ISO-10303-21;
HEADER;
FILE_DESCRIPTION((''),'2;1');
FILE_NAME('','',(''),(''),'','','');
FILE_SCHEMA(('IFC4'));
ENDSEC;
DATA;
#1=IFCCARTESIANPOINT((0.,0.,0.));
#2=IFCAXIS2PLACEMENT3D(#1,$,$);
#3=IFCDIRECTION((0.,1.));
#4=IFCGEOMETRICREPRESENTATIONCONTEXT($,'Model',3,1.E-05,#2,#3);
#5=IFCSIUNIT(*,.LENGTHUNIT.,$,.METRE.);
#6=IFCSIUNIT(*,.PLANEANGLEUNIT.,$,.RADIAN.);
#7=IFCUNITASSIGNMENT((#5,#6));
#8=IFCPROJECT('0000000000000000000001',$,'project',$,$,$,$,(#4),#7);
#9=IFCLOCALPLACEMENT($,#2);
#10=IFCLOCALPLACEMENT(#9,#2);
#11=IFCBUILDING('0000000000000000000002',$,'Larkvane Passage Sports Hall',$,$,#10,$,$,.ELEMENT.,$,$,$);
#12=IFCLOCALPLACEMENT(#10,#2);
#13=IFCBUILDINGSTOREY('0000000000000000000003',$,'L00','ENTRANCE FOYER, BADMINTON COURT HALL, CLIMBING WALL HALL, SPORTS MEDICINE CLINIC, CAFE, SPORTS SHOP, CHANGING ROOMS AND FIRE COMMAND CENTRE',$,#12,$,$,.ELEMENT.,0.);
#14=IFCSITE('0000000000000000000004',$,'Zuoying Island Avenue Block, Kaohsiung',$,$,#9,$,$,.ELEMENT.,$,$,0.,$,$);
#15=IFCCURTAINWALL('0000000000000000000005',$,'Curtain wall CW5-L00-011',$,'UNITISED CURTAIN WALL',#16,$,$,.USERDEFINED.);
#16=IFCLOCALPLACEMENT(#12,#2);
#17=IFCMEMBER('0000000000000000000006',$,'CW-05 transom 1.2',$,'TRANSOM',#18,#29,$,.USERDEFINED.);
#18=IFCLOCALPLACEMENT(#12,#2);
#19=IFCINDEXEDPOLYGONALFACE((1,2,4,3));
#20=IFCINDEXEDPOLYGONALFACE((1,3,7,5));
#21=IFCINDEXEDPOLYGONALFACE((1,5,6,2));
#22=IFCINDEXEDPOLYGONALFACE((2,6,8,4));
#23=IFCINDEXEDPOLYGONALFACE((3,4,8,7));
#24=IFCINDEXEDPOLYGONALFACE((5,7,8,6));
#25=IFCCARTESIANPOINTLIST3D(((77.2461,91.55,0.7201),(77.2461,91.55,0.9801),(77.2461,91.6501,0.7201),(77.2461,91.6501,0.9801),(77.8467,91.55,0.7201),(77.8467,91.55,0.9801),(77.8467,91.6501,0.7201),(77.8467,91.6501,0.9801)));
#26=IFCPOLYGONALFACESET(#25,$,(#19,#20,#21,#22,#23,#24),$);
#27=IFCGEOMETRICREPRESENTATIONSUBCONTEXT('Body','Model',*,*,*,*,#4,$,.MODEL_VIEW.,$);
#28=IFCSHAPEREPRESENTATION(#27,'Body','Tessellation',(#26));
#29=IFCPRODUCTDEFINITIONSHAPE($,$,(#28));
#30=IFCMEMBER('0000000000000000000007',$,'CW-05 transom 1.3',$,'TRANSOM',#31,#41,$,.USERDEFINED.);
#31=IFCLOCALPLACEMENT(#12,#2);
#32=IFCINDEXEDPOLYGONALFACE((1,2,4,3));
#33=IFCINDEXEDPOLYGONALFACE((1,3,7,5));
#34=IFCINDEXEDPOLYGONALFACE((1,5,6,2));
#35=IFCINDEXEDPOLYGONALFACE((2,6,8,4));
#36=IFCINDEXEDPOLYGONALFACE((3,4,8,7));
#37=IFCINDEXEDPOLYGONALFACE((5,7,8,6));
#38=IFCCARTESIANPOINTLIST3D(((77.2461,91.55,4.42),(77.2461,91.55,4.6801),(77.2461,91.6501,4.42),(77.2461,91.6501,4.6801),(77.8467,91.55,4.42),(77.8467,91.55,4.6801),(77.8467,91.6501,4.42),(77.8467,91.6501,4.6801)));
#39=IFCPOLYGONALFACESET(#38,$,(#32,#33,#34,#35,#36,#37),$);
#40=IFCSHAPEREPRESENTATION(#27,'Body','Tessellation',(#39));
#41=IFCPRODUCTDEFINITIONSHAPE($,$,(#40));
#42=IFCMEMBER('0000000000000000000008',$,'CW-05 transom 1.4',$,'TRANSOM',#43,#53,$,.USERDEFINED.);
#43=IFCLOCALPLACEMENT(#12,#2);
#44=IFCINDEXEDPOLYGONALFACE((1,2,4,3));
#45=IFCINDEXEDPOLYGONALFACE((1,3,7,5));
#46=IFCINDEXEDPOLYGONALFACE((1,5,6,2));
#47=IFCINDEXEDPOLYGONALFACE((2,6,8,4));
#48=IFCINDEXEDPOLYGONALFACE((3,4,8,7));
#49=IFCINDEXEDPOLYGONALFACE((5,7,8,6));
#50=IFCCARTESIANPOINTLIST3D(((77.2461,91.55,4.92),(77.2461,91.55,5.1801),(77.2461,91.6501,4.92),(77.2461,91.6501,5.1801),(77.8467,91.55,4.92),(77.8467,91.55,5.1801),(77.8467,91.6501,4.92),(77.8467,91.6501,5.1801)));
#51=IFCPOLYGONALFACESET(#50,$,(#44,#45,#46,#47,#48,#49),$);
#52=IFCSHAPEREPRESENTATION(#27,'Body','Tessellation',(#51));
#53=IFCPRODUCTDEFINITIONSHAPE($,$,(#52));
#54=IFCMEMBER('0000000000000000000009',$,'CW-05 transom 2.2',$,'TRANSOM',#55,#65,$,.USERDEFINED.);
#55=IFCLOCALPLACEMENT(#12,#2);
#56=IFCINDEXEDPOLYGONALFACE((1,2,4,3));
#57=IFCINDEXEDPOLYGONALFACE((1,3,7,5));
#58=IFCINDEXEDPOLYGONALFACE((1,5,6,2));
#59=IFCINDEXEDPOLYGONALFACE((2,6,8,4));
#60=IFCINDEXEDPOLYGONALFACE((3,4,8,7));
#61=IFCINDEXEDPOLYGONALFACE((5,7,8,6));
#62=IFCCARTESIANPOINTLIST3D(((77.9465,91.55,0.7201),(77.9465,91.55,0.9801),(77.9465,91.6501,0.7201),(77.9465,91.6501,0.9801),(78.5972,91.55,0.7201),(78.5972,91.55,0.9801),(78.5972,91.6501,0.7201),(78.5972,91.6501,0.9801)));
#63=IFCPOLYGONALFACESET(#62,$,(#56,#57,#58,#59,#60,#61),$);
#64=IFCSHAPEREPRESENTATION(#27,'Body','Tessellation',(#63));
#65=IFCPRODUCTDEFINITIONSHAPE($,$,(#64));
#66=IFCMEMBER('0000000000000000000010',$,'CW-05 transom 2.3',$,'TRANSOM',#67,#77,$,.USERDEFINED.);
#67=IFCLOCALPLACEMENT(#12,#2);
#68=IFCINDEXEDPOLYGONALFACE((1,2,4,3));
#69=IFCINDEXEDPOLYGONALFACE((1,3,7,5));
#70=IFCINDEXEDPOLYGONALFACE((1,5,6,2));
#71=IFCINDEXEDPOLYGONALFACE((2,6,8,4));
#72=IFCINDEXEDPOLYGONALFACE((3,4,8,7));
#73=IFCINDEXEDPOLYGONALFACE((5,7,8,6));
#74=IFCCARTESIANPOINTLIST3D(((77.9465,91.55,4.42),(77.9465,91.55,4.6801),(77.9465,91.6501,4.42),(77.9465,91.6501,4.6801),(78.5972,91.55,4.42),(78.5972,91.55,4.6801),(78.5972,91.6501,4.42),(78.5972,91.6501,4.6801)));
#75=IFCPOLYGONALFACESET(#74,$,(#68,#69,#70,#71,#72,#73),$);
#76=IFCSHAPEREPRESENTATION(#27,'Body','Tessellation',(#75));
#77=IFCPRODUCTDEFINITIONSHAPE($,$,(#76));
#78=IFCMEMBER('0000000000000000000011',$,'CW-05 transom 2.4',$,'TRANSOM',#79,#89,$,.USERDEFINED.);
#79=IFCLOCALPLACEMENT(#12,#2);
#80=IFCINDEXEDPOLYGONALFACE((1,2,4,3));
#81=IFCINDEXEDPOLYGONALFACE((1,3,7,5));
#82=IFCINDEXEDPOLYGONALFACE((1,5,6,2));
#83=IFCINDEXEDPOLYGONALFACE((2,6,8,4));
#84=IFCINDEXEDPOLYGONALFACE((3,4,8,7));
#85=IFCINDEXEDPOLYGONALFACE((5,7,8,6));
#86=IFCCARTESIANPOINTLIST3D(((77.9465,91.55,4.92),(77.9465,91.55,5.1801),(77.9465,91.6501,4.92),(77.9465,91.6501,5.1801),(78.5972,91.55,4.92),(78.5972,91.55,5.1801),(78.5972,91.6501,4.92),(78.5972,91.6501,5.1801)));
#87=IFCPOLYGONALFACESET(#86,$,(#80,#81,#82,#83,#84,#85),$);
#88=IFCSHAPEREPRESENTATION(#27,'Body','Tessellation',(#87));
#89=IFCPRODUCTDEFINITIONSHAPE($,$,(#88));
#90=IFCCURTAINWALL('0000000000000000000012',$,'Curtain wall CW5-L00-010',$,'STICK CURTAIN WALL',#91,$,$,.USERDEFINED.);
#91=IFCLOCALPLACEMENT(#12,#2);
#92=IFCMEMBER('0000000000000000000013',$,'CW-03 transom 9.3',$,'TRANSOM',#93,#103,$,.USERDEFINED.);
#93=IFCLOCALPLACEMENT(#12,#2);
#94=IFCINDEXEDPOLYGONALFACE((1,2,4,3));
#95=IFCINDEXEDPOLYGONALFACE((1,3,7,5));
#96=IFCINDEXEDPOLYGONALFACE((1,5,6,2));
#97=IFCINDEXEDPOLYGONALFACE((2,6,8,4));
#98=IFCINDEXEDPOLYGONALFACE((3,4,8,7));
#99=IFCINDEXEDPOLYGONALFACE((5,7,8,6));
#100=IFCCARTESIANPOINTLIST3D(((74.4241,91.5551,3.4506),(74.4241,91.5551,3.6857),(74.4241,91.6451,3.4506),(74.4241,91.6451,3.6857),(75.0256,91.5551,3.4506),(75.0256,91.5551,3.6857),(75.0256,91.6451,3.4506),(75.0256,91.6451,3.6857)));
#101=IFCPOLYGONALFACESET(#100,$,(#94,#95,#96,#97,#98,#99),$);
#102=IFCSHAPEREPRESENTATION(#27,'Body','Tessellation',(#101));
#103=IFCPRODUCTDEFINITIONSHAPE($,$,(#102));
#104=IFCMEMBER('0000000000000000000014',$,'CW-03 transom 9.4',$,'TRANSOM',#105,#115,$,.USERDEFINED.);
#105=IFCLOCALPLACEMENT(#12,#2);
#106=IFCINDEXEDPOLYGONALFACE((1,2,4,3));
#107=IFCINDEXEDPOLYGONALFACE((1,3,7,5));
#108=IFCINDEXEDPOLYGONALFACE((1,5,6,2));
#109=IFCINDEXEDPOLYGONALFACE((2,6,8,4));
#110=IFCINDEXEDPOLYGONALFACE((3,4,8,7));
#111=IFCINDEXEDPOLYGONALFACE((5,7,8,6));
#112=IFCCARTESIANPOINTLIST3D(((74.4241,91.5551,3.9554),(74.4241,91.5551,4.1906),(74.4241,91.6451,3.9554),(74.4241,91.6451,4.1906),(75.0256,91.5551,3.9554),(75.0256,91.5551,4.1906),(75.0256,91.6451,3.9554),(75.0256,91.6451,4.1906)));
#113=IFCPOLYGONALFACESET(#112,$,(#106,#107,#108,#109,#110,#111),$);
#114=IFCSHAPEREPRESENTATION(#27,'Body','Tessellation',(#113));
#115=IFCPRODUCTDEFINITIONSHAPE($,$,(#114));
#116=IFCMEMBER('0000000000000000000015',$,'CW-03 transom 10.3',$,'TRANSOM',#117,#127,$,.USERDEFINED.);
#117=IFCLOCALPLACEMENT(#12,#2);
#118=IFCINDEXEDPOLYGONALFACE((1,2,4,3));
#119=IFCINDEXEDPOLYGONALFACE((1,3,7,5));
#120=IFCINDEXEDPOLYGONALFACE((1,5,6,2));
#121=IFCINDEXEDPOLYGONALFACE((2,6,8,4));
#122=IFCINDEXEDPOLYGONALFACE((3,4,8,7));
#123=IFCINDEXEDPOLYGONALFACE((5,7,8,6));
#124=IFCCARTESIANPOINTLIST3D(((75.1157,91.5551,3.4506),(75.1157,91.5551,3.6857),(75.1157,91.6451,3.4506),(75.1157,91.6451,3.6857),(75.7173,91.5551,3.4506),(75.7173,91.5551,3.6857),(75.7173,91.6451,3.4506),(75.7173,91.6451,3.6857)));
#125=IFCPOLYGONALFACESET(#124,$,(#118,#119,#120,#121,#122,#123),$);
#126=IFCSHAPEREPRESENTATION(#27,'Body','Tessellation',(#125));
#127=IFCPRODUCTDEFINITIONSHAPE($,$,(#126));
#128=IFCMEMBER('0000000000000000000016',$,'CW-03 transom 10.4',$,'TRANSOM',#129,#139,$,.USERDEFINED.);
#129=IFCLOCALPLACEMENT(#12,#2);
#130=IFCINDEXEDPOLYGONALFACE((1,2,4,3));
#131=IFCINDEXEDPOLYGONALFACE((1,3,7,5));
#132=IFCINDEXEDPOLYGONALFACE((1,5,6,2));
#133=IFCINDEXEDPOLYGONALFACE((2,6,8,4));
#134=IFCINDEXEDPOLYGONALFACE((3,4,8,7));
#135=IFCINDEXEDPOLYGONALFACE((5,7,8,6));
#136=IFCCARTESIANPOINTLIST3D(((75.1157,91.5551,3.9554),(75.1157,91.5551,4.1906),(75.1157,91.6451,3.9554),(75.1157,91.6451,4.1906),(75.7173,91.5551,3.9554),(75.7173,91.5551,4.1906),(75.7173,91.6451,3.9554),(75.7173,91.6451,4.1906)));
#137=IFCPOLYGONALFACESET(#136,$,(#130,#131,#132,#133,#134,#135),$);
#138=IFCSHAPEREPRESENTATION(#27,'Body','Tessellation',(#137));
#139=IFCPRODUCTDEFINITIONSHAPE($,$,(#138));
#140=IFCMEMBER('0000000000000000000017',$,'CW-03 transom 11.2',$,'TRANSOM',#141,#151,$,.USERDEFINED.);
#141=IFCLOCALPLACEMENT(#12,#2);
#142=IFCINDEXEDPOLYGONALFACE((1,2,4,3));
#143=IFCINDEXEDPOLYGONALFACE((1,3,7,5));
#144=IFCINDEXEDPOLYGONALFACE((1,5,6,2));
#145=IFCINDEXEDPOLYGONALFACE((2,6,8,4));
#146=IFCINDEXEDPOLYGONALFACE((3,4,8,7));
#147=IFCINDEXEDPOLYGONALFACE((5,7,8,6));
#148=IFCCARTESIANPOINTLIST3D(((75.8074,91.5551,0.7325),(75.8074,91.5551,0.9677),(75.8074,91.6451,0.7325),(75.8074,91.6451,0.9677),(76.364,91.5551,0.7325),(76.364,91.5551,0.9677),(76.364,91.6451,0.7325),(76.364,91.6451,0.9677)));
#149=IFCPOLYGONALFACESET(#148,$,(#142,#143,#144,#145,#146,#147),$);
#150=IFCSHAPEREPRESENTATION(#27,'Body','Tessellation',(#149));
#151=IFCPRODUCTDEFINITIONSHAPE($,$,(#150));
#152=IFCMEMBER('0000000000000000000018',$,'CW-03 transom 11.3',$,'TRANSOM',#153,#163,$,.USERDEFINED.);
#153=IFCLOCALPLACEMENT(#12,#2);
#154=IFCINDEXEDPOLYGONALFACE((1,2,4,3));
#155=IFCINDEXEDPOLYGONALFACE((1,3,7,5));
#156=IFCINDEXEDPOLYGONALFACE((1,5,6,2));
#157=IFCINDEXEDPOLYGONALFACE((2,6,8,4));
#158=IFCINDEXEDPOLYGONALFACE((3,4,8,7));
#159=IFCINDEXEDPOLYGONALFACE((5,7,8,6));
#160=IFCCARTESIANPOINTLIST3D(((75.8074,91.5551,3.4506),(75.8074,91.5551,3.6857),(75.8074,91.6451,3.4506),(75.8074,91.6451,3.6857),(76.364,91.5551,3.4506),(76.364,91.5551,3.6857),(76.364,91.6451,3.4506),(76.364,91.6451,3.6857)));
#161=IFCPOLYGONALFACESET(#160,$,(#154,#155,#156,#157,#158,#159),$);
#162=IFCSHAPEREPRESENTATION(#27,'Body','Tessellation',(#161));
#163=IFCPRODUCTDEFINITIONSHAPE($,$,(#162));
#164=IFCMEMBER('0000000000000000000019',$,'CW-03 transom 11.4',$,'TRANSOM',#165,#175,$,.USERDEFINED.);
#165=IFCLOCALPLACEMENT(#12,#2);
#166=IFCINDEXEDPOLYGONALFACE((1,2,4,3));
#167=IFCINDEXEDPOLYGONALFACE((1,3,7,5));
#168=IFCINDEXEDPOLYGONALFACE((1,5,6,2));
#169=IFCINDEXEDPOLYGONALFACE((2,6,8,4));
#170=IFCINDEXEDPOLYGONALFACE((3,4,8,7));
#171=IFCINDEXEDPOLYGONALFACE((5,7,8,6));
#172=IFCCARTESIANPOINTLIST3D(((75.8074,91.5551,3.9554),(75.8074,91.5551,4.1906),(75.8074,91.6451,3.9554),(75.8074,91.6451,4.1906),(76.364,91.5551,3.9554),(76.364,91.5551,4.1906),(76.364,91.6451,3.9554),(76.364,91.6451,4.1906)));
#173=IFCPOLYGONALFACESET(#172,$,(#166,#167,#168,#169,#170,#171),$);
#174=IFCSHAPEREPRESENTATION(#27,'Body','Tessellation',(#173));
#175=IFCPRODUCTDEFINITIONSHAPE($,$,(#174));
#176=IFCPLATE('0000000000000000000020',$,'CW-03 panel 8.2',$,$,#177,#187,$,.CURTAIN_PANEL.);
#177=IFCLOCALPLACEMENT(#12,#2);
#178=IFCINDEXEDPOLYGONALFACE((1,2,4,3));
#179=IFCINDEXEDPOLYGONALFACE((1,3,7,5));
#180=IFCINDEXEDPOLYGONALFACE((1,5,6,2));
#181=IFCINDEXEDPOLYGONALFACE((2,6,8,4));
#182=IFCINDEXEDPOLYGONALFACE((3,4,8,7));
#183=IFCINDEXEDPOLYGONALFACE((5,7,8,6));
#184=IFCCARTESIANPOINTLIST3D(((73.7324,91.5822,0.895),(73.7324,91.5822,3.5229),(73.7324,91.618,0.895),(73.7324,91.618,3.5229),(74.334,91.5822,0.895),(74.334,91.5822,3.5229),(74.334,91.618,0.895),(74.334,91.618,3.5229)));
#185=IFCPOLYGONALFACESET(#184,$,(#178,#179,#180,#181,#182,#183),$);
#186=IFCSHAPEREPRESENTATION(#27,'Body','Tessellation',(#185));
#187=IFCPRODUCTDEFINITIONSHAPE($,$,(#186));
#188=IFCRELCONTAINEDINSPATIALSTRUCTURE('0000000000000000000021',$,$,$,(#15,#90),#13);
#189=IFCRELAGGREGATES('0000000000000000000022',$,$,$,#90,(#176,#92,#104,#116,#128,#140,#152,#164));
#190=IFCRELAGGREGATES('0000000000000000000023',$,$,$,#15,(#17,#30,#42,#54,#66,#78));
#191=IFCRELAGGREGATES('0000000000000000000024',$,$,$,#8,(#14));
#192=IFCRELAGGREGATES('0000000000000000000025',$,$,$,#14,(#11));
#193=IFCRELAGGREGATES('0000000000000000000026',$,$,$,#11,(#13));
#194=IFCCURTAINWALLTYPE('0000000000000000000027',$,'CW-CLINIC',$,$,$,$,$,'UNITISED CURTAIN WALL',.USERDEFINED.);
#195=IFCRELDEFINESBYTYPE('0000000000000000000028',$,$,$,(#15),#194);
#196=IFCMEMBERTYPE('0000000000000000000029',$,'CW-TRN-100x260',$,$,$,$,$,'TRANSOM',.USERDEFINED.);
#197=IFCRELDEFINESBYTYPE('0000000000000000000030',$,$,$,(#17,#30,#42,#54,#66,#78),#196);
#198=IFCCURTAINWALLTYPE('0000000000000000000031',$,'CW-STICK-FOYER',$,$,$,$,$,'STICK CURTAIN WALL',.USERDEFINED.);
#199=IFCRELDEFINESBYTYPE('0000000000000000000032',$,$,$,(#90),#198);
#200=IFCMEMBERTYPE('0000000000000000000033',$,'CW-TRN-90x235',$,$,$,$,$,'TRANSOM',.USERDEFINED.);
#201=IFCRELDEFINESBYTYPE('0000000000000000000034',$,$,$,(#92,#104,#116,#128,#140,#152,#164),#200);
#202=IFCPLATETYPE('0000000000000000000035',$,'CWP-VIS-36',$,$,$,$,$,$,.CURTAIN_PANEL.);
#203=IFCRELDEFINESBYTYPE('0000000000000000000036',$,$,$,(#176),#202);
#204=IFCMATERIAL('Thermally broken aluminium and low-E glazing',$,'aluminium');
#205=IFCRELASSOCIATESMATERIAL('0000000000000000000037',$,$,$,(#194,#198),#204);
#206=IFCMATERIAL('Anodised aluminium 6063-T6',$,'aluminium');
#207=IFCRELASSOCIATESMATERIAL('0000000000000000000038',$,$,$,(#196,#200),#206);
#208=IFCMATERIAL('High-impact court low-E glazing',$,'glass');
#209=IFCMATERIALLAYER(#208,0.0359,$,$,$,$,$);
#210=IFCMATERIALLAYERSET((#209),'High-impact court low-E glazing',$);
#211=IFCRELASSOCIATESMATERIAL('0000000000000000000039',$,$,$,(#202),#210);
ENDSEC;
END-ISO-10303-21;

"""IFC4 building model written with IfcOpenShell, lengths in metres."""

from ifc_helpers import new_model, si_unit, direction, frame, origin, origin_2d, place, context, subcontext, project, spatial, rectangle, extrude, material, layer, layer_set, material_profile, profile_set, type_object, element, aggregate, save


model = new_model("IFC4")

# Units and contexts
model_context = context("Model", 3, precision=1e-05, world=origin(), true_north=direction((0.0, 1.0)))
body_context = subcontext(model_context, "Body", "Model", "MODEL_VIEW")
ifc_project = project(units=[si_unit("LENGTHUNIT", "METRE"), si_unit("PLANEANGLEUNIT", "RADIAN")], contexts=[model_context])

# Site, building, storey
site_placement = place(None, origin())
site = spatial("IfcSite", under=ifc_project, at=site_placement, Name="Zuoying Island Avenue Block, Kaohsiung", CompositionType="ELEMENT", RefElevation=0.0)
building_placement = place(site_placement, origin())
building = spatial("IfcBuilding", under=site, at=building_placement, Name="Larkvane Passage Sports Hall", CompositionType="ELEMENT")
storey_placement = place(building_placement, origin())
storey = spatial("IfcBuildingStorey", under=building, at=storey_placement, Name="L00", Description="ENTRANCE FOYER, BADMINTON COURT HALL, CLIMBING WALL HALL, SPORTS MEDICINE CLINIC, CAFE, SPORTS SHOP, CHANGING ROOMS AND FIRE COMMAND CENTRE", CompositionType="ELEMENT", Elevation=0.0)

# Curtain wall, members
ifc_material_1 = material(Name="Thermally broken aluminium and low-E glazing", Category="aluminium")
curtain_wall_type_1 = type_object("IfcCurtainWallType", Name="CW-CLINIC", ElementType="UNITISED CURTAIN WALL", PredefinedType="USERDEFINED", material=ifc_material_1)
curtain_wall_1_placement = place(storey_placement, origin())
curtain_wall_1 = element("IfcCurtainWall", 1, at=curtain_wall_1_placement, inside=storey, type_object=curtain_wall_type_1, Name="Curtain wall CW5-L00-011", ObjectType="UNITISED CURTAIN WALL", PredefinedType="USERDEFINED")
ifc_material_2 = material(Name="Anodised aluminium 6063-T6", Category="aluminium")
ifc_material_profile_1 = material_profile(ifc_material_2, rectangle(XDim=0.1001, YDim=0.26, at=origin_2d()), Name="ALU-TRN-100x260")
ifc_profile_set_1 = profile_set([ifc_material_profile_1], Name="Anodised aluminium 6063-T6")
member_type_1 = type_object("IfcMemberType", Name="CW-TRN-100x260", ElementType="TRANSOM", PredefinedType="USERDEFINED", material=ifc_profile_set_1)
member_1_placement = place(storey_placement, frame((77.2461, 91.6001, 0.8501), z_axis=(1.0, 0.0, 0.0), x_axis=(0.0, 1.0, 0.0)))
member_1 = element("IfcMember", 2, at=member_1_placement, type_object=member_type_1, Name="CW-05 transom 1.2", ObjectType="TRANSOM", PredefinedType="USERDEFINED", context=body_context, shape_type="SweptSolid", body=[
    extrude(rectangle(XDim=0.1001, YDim=0.26, at=origin_2d()), origin(), (0.0, 0.0, 1.0), 0.6006),
])
member_2_placement = place(storey_placement, frame((77.2461, 91.6001, 4.55), z_axis=(1.0, 0.0, 0.0), x_axis=(0.0, 1.0, 0.0)))
member_2 = element("IfcMember", 3, at=member_2_placement, type_object=member_type_1, Name="CW-05 transom 1.3", ObjectType="TRANSOM", PredefinedType="USERDEFINED", context=body_context, shape_type="SweptSolid", body=[
    extrude(rectangle(XDim=0.1001, YDim=0.26, at=origin_2d()), origin(), (0.0, 0.0, 1.0), 0.6006),
])
member_3_placement = place(storey_placement, frame((77.2461, 91.6001, 5.05), z_axis=(1.0, 0.0, 0.0), x_axis=(0.0, 1.0, 0.0)))
member_3 = element("IfcMember", 4, at=member_3_placement, type_object=member_type_1, Name="CW-05 transom 1.4", ObjectType="TRANSOM", PredefinedType="USERDEFINED", context=body_context, shape_type="SweptSolid", body=[
    extrude(rectangle(XDim=0.1001, YDim=0.26, at=origin_2d()), origin(), (0.0, 0.0, 1.0), 0.6006),
])
member_4_placement = place(storey_placement, frame((77.9465, 91.6001, 0.8501), z_axis=(1.0, 0.0, 0.0), x_axis=(0.0, 1.0, 0.0)))
member_4 = element("IfcMember", 5, at=member_4_placement, type_object=member_type_1, Name="CW-05 transom 2.2", ObjectType="TRANSOM", PredefinedType="USERDEFINED", context=body_context, shape_type="SweptSolid", body=[
    extrude(rectangle(XDim=0.1001, YDim=0.26, at=origin_2d()), origin(), (0.0, 0.0, 1.0), 0.6506),
])
member_5_placement = place(storey_placement, frame((77.9465, 91.6001, 4.55), z_axis=(1.0, 0.0, 0.0), x_axis=(0.0, 1.0, 0.0)))
member_5 = element("IfcMember", 6, at=member_5_placement, type_object=member_type_1, Name="CW-05 transom 2.3", ObjectType="TRANSOM", PredefinedType="USERDEFINED", context=body_context, shape_type="SweptSolid", body=[
    extrude(rectangle(XDim=0.1001, YDim=0.26, at=origin_2d()), origin(), (0.0, 0.0, 1.0), 0.6506),
])
member_6_placement = place(storey_placement, frame((77.9465, 91.6001, 5.05), z_axis=(1.0, 0.0, 0.0), x_axis=(0.0, 1.0, 0.0)))
member_6 = element("IfcMember", 7, at=member_6_placement, type_object=member_type_1, Name="CW-05 transom 2.4", ObjectType="TRANSOM", PredefinedType="USERDEFINED", context=body_context, shape_type="SweptSolid", body=[
    extrude(rectangle(XDim=0.1001, YDim=0.26, at=origin_2d()), origin(), (0.0, 0.0, 1.0), 0.6506),
])

# Curtain wall, members, plate
curtain_wall_type_2 = type_object("IfcCurtainWallType", Name="CW-STICK-FOYER", ElementType="STICK CURTAIN WALL", PredefinedType="USERDEFINED", material=ifc_material_1)
curtain_wall_2_placement = place(storey_placement, origin())
curtain_wall_2 = element("IfcCurtainWall", 8, at=curtain_wall_2_placement, inside=storey, type_object=curtain_wall_type_2, Name="Curtain wall CW5-L00-010", ObjectType="STICK CURTAIN WALL", PredefinedType="USERDEFINED")
ifc_material_profile_2 = material_profile(ifc_material_2, rectangle(XDim=0.0901, YDim=0.2351, at=origin_2d()), Name="ALU-TRN-90x235")
ifc_profile_set_2 = profile_set([ifc_material_profile_2], Name="Anodised aluminium 6063-T6")
member_type_2 = type_object("IfcMemberType", Name="CW-TRN-90x235", ElementType="TRANSOM", PredefinedType="USERDEFINED", material=ifc_profile_set_2)
member_7_placement = place(storey_placement, frame((74.4241, 91.6001, 3.5681), z_axis=(1.0, 0.0, 0.0), x_axis=(0.0, 1.0, 0.0)))
member_7 = element("IfcMember", 9, at=member_7_placement, type_object=member_type_2, Name="CW-03 transom 9.3", ObjectType="TRANSOM", PredefinedType="USERDEFINED", context=body_context, shape_type="SweptSolid", body=[
    extrude(rectangle(XDim=0.0901, YDim=0.2351, at=origin_2d()), origin(), (0.0, 0.0, 1.0), 0.6016),
])
member_8_placement = place(storey_placement, frame((74.4241, 91.6001, 4.073), z_axis=(1.0, 0.0, 0.0), x_axis=(0.0, 1.0, 0.0)))
member_8 = element("IfcMember", 10, at=member_8_placement, type_object=member_type_2, Name="CW-03 transom 9.4", ObjectType="TRANSOM", PredefinedType="USERDEFINED", context=body_context, shape_type="SweptSolid", body=[
    extrude(rectangle(XDim=0.0901, YDim=0.2351, at=origin_2d()), origin(), (0.0, 0.0, 1.0), 0.6016),
])
member_9_placement = place(storey_placement, frame((75.1157, 91.6001, 3.5681), z_axis=(1.0, 0.0, 0.0), x_axis=(0.0, 1.0, 0.0)))
member_9 = element("IfcMember", 11, at=member_9_placement, type_object=member_type_2, Name="CW-03 transom 10.3", ObjectType="TRANSOM", PredefinedType="USERDEFINED", context=body_context, shape_type="SweptSolid", body=[
    extrude(rectangle(XDim=0.0901, YDim=0.2351, at=origin_2d()), origin(), (0.0, 0.0, 1.0), 0.6016),
])
member_10_placement = place(storey_placement, frame((75.1157, 91.6001, 4.073), z_axis=(1.0, 0.0, 0.0), x_axis=(0.0, 1.0, 0.0)))
member_10 = element("IfcMember", 12, at=member_10_placement, type_object=member_type_2, Name="CW-03 transom 10.4", ObjectType="TRANSOM", PredefinedType="USERDEFINED", context=body_context, shape_type="SweptSolid", body=[
    extrude(rectangle(XDim=0.0901, YDim=0.2351, at=origin_2d()), origin(), (0.0, 0.0, 1.0), 0.6016),
])
member_11_placement = place(storey_placement, frame((75.8074, 91.6001, 0.8501), z_axis=(1.0, 0.0, 0.0), x_axis=(0.0, 1.0, 0.0)))
member_11 = element("IfcMember", 13, at=member_11_placement, type_object=member_type_2, Name="CW-03 transom 11.2", ObjectType="TRANSOM", PredefinedType="USERDEFINED", context=body_context, shape_type="SweptSolid", body=[
    extrude(rectangle(XDim=0.0901, YDim=0.2351, at=origin_2d()), origin(), (0.0, 0.0, 1.0), 0.5566),
])
member_12_placement = place(storey_placement, frame((75.8074, 91.6001, 3.5681), z_axis=(1.0, 0.0, 0.0), x_axis=(0.0, 1.0, 0.0)))
member_12 = element("IfcMember", 14, at=member_12_placement, type_object=member_type_2, Name="CW-03 transom 11.3", ObjectType="TRANSOM", PredefinedType="USERDEFINED", context=body_context, shape_type="SweptSolid", body=[
    extrude(rectangle(XDim=0.0901, YDim=0.2351, at=origin_2d()), origin(), (0.0, 0.0, 1.0), 0.5566),
])
member_13_placement = place(storey_placement, frame((75.8074, 91.6001, 4.073), z_axis=(1.0, 0.0, 0.0), x_axis=(0.0, 1.0, 0.0)))
member_13 = element("IfcMember", 15, at=member_13_placement, type_object=member_type_2, Name="CW-03 transom 11.4", ObjectType="TRANSOM", PredefinedType="USERDEFINED", context=body_context, shape_type="SweptSolid", body=[
    extrude(rectangle(XDim=0.0901, YDim=0.2351, at=origin_2d()), origin(), (0.0, 0.0, 1.0), 0.5566),
])
ifc_material_3 = material(Name="High-impact court low-E glazing", Category="glass")
ifc_layer_1 = layer(ifc_material_3, 0.0359)
ifc_layer_set_1 = layer_set([ifc_layer_1], Name="High-impact court low-E glazing")
plate_type_1 = type_object("IfcPlateType", Name="CWP-VIS-36", PredefinedType="CURTAIN_PANEL", material=ifc_layer_set_1)
plate_1_placement = place(storey_placement, frame((74.0332, 91.6001, 0.895), z_axis=(0.0, 0.0, 1.0), x_axis=(1.0, 0.0, 0.0)))
plate_1 = element("IfcPlate", 16, at=plate_1_placement, type_object=plate_type_1, Name="CW-03 panel 8.2", PredefinedType="CURTAIN_PANEL", context=body_context, shape_type="SweptSolid", body=[
    extrude(rectangle(XDim=0.6016, YDim=0.0359, at=origin_2d()), origin(), (0.0, 0.0, 1.0), 2.6279),
])
aggregate(curtain_wall_2, [plate_1, member_7, member_8, member_9, member_10, member_11, member_12, member_13])

aggregate(curtain_wall_1, [member_1, member_2, member_3, member_4, member_5, member_6])

save(model, "model.ifc")
